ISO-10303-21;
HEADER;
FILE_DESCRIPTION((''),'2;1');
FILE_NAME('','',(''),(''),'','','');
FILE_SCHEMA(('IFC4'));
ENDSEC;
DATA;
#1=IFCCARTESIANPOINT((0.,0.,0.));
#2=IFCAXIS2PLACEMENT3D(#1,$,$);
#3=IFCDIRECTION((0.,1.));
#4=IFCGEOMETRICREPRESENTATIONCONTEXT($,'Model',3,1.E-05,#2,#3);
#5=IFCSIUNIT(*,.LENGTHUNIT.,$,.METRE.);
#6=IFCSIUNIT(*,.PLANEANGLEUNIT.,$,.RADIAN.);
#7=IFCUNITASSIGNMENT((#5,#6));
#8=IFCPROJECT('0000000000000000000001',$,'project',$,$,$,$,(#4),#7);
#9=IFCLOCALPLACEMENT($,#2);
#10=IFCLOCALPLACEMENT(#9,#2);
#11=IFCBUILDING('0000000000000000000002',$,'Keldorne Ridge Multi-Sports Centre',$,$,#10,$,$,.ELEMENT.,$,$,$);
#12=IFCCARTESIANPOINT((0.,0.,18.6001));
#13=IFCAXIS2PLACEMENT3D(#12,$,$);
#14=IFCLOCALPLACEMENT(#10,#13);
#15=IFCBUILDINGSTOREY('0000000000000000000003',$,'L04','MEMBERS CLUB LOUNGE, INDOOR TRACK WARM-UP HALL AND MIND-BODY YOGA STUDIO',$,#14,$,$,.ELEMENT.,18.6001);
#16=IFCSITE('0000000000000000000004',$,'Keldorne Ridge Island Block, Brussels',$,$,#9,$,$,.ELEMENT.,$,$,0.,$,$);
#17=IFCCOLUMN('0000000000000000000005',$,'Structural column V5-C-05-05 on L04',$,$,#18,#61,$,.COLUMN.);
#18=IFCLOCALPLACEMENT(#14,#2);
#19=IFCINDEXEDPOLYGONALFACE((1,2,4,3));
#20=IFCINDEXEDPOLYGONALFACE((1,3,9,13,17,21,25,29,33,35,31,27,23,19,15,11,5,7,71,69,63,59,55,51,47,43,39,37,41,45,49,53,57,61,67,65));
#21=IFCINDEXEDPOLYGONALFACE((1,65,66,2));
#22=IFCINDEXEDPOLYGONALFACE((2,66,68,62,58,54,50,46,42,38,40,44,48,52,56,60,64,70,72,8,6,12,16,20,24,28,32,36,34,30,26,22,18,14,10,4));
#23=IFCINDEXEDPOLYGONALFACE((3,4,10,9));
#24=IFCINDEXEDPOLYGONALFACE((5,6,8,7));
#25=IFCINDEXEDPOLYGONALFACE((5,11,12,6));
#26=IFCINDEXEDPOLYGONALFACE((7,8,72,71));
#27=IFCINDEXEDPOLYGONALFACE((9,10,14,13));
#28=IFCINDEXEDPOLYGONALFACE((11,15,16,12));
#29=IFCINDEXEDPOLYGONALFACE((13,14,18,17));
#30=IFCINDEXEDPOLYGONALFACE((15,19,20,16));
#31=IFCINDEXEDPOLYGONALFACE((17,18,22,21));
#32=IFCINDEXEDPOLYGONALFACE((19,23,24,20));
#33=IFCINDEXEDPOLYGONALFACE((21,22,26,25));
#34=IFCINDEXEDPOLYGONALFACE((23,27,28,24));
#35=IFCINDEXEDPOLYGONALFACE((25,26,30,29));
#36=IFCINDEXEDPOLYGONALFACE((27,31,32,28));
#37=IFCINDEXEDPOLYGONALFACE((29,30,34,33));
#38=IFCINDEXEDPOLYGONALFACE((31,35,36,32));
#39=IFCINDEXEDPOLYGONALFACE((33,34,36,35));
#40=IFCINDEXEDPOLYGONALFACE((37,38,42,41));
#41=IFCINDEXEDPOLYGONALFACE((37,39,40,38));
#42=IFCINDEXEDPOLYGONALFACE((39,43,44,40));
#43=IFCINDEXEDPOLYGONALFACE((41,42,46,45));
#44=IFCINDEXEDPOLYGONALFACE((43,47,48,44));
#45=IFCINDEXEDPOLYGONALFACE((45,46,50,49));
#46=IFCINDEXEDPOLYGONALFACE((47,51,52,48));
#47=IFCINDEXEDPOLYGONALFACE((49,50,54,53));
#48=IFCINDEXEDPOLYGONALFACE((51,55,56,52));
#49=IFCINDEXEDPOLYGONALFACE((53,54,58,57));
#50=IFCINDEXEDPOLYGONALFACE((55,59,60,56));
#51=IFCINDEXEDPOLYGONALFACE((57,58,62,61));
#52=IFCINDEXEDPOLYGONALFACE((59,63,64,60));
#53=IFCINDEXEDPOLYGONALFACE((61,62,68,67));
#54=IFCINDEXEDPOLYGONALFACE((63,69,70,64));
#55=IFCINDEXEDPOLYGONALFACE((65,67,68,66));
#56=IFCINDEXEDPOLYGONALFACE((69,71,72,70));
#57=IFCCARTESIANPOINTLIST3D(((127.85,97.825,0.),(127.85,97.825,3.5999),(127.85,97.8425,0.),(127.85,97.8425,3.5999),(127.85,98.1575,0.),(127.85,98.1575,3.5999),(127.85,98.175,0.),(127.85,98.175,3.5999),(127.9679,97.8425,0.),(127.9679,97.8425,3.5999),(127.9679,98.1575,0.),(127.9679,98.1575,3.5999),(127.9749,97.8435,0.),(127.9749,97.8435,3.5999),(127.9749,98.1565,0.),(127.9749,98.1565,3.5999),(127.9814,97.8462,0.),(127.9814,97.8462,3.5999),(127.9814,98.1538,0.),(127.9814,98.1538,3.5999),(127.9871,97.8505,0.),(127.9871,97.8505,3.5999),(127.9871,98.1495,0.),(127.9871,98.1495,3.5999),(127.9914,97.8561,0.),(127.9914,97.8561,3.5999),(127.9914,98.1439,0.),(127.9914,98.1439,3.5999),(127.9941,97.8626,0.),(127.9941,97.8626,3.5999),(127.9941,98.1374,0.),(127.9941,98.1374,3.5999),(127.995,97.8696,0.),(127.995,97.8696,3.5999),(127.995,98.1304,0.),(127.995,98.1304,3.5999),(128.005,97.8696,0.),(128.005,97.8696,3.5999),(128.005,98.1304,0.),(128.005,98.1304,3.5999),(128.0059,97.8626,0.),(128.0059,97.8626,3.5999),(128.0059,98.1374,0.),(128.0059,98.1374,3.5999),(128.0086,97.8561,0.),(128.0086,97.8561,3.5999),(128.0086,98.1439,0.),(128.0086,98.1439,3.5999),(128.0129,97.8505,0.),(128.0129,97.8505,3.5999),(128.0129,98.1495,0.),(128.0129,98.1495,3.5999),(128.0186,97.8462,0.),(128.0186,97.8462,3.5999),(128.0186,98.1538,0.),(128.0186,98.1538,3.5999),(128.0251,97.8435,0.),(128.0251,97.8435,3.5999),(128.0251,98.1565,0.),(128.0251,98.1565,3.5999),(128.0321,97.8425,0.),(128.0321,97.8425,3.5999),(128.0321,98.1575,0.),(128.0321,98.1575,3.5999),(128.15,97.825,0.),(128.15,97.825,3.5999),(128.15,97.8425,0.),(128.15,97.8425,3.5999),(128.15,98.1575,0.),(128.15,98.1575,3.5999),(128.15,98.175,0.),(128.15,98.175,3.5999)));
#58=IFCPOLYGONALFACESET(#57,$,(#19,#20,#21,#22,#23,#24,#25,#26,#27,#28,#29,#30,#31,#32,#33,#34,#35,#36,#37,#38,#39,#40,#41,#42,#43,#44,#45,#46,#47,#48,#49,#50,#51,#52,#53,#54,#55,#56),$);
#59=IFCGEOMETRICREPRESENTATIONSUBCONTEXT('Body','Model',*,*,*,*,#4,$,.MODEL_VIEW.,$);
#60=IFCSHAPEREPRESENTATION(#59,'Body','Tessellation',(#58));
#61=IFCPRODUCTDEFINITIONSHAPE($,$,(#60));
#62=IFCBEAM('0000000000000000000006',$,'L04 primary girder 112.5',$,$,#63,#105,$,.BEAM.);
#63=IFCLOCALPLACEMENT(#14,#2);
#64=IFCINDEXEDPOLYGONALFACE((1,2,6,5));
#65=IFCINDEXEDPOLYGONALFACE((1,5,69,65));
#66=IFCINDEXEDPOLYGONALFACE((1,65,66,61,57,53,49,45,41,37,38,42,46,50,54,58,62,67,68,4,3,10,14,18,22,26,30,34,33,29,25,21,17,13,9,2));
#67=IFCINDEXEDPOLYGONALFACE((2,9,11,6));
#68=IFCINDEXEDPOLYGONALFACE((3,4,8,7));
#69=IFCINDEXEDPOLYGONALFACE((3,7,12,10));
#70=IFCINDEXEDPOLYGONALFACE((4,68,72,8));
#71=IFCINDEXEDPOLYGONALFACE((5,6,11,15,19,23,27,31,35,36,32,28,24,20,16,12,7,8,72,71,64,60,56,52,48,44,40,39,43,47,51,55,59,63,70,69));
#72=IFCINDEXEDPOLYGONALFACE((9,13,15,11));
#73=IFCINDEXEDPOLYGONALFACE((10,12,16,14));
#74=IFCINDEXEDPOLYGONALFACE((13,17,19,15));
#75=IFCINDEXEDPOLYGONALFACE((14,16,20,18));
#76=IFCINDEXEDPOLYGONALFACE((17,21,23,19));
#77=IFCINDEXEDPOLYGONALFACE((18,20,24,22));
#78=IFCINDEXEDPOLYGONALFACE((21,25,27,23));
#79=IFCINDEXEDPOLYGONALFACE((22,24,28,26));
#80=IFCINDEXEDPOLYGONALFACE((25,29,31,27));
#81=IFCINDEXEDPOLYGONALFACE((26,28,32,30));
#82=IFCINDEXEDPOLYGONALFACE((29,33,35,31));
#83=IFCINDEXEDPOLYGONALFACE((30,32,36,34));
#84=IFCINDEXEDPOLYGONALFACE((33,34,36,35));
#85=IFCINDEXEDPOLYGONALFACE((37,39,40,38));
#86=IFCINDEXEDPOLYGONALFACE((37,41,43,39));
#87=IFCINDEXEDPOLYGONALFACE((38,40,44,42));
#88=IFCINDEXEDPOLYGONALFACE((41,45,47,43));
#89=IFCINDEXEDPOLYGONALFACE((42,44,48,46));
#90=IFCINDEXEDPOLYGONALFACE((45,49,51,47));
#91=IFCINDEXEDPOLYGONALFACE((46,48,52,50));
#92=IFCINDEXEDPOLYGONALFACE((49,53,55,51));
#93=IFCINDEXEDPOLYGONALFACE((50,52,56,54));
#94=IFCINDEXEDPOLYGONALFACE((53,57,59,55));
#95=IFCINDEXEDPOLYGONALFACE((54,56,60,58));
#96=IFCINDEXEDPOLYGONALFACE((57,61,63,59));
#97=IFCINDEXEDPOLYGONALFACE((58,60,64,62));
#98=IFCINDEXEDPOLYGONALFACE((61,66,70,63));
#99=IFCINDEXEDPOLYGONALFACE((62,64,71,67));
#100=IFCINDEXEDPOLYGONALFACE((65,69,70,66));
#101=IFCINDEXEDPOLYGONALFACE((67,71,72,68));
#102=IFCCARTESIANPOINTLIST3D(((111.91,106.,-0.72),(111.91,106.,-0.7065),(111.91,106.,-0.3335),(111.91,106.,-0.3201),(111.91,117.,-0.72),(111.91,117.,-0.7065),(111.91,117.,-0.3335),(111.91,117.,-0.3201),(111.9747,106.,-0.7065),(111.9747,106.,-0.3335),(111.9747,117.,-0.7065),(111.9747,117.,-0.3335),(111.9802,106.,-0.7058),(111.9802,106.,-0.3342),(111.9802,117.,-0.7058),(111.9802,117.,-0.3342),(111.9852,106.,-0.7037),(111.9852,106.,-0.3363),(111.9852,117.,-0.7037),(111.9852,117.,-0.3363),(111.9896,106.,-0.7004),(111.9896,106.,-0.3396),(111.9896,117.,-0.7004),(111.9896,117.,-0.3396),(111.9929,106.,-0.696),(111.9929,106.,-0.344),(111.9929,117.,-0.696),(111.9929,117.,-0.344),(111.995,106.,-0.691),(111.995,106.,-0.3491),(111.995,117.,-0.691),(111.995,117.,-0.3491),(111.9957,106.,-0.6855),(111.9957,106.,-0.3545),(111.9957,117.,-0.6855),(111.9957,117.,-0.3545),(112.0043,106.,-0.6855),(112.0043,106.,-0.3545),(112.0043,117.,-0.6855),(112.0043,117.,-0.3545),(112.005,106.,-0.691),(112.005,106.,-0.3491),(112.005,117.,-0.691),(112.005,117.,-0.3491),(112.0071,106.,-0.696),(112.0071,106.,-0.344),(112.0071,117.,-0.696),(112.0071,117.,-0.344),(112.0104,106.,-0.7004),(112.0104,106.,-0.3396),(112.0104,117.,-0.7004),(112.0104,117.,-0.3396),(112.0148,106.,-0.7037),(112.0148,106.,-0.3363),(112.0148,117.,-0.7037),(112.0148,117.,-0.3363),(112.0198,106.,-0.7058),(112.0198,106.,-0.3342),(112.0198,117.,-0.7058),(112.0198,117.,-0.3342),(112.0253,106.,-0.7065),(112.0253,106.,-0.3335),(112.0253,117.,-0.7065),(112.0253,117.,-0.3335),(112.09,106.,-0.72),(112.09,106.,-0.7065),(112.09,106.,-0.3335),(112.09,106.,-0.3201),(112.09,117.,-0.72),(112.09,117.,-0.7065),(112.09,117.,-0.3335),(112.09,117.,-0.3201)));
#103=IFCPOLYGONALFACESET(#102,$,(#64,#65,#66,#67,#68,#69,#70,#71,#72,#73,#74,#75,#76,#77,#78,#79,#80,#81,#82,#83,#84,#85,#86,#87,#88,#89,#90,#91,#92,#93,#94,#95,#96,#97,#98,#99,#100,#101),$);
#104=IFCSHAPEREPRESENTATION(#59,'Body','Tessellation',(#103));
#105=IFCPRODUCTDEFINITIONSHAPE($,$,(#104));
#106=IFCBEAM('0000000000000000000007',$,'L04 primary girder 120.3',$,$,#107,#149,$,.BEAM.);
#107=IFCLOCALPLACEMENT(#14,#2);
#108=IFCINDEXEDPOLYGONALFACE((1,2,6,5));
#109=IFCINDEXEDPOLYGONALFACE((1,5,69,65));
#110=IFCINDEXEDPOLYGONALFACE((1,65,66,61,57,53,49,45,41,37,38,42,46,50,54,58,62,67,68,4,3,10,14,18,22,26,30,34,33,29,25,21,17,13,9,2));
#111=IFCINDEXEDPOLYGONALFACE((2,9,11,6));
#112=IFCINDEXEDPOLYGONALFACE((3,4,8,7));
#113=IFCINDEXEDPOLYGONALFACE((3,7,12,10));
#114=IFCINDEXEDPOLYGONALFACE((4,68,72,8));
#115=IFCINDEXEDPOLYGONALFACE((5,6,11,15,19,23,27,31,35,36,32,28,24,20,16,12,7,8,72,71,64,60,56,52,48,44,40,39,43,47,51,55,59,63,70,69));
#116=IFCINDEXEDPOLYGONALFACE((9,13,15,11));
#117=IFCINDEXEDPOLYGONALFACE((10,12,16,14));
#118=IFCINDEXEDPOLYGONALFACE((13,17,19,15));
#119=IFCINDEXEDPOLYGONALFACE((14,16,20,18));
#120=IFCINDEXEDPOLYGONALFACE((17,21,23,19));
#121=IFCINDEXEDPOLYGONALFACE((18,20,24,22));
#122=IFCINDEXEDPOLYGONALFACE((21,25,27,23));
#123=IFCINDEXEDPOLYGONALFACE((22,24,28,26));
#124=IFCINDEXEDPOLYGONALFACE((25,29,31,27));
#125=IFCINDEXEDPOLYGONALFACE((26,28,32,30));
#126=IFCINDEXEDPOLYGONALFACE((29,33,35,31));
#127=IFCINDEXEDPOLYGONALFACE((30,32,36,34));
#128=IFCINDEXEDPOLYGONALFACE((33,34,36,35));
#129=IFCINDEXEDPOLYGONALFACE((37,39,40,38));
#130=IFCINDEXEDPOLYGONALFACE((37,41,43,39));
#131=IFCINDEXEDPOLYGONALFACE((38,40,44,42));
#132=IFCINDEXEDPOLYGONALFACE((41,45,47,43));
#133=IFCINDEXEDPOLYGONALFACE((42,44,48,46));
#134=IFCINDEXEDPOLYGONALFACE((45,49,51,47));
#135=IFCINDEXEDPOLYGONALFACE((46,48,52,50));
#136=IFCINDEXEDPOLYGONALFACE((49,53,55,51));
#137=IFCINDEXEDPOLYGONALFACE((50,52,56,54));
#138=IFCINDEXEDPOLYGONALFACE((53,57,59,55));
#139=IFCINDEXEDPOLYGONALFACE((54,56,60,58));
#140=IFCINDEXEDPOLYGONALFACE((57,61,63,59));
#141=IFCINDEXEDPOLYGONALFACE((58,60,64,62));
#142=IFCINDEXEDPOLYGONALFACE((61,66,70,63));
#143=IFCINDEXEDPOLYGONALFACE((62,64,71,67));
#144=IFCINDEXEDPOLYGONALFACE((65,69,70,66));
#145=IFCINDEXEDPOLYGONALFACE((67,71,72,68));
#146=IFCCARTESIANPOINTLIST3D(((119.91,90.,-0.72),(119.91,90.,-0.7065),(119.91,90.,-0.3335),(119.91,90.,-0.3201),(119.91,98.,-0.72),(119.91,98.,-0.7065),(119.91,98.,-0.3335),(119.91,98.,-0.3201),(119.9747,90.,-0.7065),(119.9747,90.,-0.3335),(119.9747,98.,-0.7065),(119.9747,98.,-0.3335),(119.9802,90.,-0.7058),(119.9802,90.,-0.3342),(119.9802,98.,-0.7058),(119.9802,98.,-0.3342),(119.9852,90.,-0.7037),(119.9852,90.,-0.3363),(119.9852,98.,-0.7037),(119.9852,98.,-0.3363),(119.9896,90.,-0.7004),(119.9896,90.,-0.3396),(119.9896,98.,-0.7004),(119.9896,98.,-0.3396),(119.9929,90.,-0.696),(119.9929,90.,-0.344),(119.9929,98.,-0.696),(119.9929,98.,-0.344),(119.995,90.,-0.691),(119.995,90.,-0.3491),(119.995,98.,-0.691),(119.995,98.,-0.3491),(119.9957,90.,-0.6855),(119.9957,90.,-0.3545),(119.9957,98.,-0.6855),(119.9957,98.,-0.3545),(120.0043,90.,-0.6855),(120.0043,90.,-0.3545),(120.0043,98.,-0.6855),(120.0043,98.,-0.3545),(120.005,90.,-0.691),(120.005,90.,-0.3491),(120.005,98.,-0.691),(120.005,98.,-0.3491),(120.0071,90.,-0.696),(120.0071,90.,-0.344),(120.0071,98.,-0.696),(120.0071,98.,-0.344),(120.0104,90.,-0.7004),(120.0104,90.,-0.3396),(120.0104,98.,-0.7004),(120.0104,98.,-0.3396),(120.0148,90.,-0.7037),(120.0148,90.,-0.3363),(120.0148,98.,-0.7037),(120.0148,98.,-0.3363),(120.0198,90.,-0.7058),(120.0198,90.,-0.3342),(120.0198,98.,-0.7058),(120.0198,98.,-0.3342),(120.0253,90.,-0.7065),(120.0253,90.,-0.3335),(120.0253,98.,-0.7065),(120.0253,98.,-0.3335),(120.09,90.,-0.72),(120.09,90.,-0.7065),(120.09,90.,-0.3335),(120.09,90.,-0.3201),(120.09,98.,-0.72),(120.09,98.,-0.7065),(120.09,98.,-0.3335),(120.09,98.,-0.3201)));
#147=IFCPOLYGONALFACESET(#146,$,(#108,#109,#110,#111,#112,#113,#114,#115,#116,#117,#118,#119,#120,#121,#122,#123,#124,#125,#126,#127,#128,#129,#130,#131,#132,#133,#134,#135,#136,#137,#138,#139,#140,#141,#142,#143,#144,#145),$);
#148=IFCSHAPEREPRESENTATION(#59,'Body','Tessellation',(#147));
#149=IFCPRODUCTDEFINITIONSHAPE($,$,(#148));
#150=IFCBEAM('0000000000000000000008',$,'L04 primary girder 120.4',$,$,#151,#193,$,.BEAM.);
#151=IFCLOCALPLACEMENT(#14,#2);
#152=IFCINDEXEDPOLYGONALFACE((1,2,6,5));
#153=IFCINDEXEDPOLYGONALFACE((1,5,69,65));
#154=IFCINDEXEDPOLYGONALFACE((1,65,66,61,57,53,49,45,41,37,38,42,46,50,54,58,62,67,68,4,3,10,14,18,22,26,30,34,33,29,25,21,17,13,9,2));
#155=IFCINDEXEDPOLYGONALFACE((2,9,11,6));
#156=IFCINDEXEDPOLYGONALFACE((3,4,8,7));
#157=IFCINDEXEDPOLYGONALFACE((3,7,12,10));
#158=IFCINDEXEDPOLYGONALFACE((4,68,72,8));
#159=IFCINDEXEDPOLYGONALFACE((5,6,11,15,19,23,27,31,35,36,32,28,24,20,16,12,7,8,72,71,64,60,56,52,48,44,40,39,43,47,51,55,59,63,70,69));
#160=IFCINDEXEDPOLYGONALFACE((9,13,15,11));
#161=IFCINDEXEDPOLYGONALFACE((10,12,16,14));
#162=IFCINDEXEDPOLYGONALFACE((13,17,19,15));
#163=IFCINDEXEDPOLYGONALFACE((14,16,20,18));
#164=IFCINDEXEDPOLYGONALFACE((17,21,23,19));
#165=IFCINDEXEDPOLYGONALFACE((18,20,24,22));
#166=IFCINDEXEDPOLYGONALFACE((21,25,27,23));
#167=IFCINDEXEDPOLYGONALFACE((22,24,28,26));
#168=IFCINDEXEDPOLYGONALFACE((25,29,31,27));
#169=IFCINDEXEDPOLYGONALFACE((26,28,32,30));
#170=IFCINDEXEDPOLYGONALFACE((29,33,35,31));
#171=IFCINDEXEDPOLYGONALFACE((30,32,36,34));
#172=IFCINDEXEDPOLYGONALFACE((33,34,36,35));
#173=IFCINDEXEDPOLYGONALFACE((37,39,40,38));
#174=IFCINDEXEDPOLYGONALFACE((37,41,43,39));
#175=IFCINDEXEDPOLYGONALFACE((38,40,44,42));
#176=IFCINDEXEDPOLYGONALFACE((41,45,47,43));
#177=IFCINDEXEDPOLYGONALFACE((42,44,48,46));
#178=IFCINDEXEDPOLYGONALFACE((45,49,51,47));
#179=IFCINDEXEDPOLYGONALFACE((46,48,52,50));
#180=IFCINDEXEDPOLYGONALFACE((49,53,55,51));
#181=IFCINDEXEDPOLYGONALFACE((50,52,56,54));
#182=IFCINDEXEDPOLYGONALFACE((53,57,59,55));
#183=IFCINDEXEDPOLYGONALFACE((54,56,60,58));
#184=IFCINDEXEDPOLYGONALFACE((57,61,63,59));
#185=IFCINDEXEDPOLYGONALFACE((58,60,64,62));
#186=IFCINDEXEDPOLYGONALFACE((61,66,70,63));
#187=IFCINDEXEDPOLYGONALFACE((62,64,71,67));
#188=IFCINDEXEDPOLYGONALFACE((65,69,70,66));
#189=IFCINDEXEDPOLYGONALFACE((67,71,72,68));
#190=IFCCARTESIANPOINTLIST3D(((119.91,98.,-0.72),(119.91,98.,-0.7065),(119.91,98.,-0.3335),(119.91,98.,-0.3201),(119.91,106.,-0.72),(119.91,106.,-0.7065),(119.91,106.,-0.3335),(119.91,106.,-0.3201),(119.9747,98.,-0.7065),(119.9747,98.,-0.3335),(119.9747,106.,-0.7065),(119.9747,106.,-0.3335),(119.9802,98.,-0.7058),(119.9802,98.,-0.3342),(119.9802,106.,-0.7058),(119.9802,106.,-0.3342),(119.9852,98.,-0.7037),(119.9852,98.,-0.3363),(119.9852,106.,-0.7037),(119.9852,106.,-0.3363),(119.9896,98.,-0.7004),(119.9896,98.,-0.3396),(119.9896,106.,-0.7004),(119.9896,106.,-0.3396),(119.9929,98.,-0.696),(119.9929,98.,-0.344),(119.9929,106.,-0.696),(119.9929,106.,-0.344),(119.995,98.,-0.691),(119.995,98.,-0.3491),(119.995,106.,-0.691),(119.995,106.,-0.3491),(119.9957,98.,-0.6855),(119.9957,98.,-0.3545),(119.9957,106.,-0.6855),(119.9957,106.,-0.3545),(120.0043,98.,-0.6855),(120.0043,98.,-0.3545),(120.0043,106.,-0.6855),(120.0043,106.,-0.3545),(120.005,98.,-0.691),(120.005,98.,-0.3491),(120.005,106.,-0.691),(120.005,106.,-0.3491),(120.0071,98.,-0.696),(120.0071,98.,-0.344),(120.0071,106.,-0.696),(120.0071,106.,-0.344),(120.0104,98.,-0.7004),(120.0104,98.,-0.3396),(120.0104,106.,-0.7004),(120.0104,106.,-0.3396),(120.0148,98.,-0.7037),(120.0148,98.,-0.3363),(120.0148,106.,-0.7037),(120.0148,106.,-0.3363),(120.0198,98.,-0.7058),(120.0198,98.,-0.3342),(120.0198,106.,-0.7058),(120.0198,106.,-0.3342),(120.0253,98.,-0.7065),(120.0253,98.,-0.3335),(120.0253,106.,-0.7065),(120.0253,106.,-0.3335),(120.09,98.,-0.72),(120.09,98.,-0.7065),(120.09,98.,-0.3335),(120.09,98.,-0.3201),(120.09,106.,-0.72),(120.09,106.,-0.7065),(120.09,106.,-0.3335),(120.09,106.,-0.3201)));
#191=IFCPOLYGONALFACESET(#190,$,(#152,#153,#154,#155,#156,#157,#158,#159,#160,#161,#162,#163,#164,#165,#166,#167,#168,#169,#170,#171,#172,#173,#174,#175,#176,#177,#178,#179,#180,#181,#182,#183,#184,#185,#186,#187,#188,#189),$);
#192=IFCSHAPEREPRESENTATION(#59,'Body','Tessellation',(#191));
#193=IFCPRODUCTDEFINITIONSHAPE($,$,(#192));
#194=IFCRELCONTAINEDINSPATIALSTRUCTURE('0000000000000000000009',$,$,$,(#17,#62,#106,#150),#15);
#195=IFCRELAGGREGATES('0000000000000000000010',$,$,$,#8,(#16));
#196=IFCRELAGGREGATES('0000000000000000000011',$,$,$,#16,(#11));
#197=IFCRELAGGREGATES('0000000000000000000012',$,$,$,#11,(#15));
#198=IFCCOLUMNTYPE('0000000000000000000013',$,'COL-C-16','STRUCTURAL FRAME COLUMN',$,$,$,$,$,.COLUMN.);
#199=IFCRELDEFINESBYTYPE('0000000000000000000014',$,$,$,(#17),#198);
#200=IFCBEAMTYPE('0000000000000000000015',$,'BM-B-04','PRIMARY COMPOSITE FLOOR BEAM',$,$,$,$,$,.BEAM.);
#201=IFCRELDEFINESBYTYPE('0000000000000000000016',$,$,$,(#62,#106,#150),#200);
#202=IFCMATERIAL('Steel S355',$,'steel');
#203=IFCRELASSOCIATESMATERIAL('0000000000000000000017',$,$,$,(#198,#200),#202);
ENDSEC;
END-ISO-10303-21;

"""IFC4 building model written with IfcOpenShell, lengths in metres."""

from ifc_helpers import new_model, si_unit, direction, frame, origin, origin_2d, place, context, subcontext, project, spatial, i_section, extrude, material, material_profile, profile_set, type_object, element, save


model = new_model("IFC4")

# Units and contexts
model_context = context("Model", 3, precision=1e-05, world=origin(), true_north=direction((0.0, 1.0)))
body_context = subcontext(model_context, "Body", "Model", "MODEL_VIEW")
ifc_project = project(units=[si_unit("LENGTHUNIT", "METRE"), si_unit("PLANEANGLEUNIT", "RADIAN")], contexts=[model_context])

# Site, building, storey
site_placement = place(None, origin())
site = spatial("IfcSite", under=ifc_project, at=site_placement, Name="Keldorne Ridge Island Block, Brussels", CompositionType="ELEMENT", RefElevation=0.0)
building_placement = place(site_placement, origin())
building = spatial("IfcBuilding", under=site, at=building_placement, Name="Keldorne Ridge Multi-Sports Centre", CompositionType="ELEMENT")
storey_placement = place(building_placement, frame((0.0, 0.0, 18.6001)))
storey = spatial("IfcBuildingStorey", under=building, at=storey_placement, Name="L04", Description="MEMBERS CLUB LOUNGE, INDOOR TRACK WARM-UP HALL AND MIND-BODY YOGA STUDIO", CompositionType="ELEMENT", Elevation=18.6001)

# Column
ifc_material_1 = material(Name="Steel S355", Category="steel")
ifc_material_profile_1 = material_profile(ifc_material_1, i_section(OverallWidth=0.3, OverallDepth=0.3501, WebThickness=0.01, FlangeThickness=0.0176, FilletRadius=0.0271, at=origin_2d()), Name="HEA 360")
ifc_profile_set_1 = profile_set([ifc_material_profile_1], Name="Steel S355")
column_type = type_object("IfcColumnType", Name="COL-C-16", Description="STRUCTURAL FRAME COLUMN", PredefinedType="COLUMN", material=ifc_profile_set_1)
for number, where, z_axis, x_axis, name in (
    (1, (128.0, 98.0, 0.0), (0.0, 0.0, 1.0), (1.0, 0.0, 0.0), "Structural column V5-C-05-05 on L04"),
):
    element("IfcColumn", number, at=place(storey_placement, frame(where, z_axis=z_axis, x_axis=x_axis)), inside=storey, type_object=column_type, Name=name, PredefinedType="COLUMN", context=body_context, shape_type="SweptSolid", body=[
        extrude(i_section(OverallWidth=0.3, OverallDepth=0.3501, WebThickness=0.01, FlangeThickness=0.0176, FilletRadius=0.0271, at=origin_2d()), origin(), (0.0, 0.0, 1.0), 3.5999),
    ])

# Beams
ifc_material_profile_2 = material_profile(ifc_material_1, i_section(OverallWidth=0.1799, OverallDepth=0.3999, WebThickness=0.0085, FlangeThickness=0.0134, FilletRadius=0.021, at=origin_2d()), Name="IPE 400")
ifc_profile_set_2 = profile_set([ifc_material_profile_2], Name="Steel S355")
beam_type_1 = type_object("IfcBeamType", Name="BM-B-04", Description="PRIMARY COMPOSITE FLOOR BEAM", PredefinedType="BEAM", material=ifc_profile_set_2)
beam_1_placement = place(storey_placement, frame((112.0, 106.0, -0.52), z_axis=(0.0, 1.0, 0.0), x_axis=(-1.0, 0.0, 0.0)))
element("IfcBeam", 2, at=beam_1_placement, inside=storey, type_object=beam_type_1, Name="L04 primary girder 112.5", PredefinedType="BEAM", context=body_context, shape_type="SweptSolid", body=[
    extrude(i_section(OverallWidth=0.1799, OverallDepth=0.3999, WebThickness=0.0085, FlangeThickness=0.0134, FilletRadius=0.021, at=origin_2d()), origin(), (0.0, 0.0, 1.0), 11.0),
])
for number, where, z_axis, x_axis, name in (
    (3, (120.0, 90.0, -0.52), (0.0, 1.0, 0.0), (-1.0, 0.0, 0.0), "L04 primary girder 120.3"),
    (4, (120.0, 98.0, -0.52), (0.0, 1.0, 0.0), (-1.0, 0.0, 0.0), "L04 primary girder 120.4"),
):
    element("IfcBeam", number, at=place(storey_placement, frame(where, z_axis=z_axis, x_axis=x_axis)), inside=storey, type_object=beam_type_1, Name=name, PredefinedType="BEAM", context=body_context, shape_type="SweptSolid", body=[
        extrude(i_section(OverallWidth=0.1799, OverallDepth=0.3999, WebThickness=0.0085, FlangeThickness=0.0134, FilletRadius=0.021, at=origin_2d()), origin(), (0.0, 0.0, 1.0), 8.0),
    ])

save(model, "model.ifc")
